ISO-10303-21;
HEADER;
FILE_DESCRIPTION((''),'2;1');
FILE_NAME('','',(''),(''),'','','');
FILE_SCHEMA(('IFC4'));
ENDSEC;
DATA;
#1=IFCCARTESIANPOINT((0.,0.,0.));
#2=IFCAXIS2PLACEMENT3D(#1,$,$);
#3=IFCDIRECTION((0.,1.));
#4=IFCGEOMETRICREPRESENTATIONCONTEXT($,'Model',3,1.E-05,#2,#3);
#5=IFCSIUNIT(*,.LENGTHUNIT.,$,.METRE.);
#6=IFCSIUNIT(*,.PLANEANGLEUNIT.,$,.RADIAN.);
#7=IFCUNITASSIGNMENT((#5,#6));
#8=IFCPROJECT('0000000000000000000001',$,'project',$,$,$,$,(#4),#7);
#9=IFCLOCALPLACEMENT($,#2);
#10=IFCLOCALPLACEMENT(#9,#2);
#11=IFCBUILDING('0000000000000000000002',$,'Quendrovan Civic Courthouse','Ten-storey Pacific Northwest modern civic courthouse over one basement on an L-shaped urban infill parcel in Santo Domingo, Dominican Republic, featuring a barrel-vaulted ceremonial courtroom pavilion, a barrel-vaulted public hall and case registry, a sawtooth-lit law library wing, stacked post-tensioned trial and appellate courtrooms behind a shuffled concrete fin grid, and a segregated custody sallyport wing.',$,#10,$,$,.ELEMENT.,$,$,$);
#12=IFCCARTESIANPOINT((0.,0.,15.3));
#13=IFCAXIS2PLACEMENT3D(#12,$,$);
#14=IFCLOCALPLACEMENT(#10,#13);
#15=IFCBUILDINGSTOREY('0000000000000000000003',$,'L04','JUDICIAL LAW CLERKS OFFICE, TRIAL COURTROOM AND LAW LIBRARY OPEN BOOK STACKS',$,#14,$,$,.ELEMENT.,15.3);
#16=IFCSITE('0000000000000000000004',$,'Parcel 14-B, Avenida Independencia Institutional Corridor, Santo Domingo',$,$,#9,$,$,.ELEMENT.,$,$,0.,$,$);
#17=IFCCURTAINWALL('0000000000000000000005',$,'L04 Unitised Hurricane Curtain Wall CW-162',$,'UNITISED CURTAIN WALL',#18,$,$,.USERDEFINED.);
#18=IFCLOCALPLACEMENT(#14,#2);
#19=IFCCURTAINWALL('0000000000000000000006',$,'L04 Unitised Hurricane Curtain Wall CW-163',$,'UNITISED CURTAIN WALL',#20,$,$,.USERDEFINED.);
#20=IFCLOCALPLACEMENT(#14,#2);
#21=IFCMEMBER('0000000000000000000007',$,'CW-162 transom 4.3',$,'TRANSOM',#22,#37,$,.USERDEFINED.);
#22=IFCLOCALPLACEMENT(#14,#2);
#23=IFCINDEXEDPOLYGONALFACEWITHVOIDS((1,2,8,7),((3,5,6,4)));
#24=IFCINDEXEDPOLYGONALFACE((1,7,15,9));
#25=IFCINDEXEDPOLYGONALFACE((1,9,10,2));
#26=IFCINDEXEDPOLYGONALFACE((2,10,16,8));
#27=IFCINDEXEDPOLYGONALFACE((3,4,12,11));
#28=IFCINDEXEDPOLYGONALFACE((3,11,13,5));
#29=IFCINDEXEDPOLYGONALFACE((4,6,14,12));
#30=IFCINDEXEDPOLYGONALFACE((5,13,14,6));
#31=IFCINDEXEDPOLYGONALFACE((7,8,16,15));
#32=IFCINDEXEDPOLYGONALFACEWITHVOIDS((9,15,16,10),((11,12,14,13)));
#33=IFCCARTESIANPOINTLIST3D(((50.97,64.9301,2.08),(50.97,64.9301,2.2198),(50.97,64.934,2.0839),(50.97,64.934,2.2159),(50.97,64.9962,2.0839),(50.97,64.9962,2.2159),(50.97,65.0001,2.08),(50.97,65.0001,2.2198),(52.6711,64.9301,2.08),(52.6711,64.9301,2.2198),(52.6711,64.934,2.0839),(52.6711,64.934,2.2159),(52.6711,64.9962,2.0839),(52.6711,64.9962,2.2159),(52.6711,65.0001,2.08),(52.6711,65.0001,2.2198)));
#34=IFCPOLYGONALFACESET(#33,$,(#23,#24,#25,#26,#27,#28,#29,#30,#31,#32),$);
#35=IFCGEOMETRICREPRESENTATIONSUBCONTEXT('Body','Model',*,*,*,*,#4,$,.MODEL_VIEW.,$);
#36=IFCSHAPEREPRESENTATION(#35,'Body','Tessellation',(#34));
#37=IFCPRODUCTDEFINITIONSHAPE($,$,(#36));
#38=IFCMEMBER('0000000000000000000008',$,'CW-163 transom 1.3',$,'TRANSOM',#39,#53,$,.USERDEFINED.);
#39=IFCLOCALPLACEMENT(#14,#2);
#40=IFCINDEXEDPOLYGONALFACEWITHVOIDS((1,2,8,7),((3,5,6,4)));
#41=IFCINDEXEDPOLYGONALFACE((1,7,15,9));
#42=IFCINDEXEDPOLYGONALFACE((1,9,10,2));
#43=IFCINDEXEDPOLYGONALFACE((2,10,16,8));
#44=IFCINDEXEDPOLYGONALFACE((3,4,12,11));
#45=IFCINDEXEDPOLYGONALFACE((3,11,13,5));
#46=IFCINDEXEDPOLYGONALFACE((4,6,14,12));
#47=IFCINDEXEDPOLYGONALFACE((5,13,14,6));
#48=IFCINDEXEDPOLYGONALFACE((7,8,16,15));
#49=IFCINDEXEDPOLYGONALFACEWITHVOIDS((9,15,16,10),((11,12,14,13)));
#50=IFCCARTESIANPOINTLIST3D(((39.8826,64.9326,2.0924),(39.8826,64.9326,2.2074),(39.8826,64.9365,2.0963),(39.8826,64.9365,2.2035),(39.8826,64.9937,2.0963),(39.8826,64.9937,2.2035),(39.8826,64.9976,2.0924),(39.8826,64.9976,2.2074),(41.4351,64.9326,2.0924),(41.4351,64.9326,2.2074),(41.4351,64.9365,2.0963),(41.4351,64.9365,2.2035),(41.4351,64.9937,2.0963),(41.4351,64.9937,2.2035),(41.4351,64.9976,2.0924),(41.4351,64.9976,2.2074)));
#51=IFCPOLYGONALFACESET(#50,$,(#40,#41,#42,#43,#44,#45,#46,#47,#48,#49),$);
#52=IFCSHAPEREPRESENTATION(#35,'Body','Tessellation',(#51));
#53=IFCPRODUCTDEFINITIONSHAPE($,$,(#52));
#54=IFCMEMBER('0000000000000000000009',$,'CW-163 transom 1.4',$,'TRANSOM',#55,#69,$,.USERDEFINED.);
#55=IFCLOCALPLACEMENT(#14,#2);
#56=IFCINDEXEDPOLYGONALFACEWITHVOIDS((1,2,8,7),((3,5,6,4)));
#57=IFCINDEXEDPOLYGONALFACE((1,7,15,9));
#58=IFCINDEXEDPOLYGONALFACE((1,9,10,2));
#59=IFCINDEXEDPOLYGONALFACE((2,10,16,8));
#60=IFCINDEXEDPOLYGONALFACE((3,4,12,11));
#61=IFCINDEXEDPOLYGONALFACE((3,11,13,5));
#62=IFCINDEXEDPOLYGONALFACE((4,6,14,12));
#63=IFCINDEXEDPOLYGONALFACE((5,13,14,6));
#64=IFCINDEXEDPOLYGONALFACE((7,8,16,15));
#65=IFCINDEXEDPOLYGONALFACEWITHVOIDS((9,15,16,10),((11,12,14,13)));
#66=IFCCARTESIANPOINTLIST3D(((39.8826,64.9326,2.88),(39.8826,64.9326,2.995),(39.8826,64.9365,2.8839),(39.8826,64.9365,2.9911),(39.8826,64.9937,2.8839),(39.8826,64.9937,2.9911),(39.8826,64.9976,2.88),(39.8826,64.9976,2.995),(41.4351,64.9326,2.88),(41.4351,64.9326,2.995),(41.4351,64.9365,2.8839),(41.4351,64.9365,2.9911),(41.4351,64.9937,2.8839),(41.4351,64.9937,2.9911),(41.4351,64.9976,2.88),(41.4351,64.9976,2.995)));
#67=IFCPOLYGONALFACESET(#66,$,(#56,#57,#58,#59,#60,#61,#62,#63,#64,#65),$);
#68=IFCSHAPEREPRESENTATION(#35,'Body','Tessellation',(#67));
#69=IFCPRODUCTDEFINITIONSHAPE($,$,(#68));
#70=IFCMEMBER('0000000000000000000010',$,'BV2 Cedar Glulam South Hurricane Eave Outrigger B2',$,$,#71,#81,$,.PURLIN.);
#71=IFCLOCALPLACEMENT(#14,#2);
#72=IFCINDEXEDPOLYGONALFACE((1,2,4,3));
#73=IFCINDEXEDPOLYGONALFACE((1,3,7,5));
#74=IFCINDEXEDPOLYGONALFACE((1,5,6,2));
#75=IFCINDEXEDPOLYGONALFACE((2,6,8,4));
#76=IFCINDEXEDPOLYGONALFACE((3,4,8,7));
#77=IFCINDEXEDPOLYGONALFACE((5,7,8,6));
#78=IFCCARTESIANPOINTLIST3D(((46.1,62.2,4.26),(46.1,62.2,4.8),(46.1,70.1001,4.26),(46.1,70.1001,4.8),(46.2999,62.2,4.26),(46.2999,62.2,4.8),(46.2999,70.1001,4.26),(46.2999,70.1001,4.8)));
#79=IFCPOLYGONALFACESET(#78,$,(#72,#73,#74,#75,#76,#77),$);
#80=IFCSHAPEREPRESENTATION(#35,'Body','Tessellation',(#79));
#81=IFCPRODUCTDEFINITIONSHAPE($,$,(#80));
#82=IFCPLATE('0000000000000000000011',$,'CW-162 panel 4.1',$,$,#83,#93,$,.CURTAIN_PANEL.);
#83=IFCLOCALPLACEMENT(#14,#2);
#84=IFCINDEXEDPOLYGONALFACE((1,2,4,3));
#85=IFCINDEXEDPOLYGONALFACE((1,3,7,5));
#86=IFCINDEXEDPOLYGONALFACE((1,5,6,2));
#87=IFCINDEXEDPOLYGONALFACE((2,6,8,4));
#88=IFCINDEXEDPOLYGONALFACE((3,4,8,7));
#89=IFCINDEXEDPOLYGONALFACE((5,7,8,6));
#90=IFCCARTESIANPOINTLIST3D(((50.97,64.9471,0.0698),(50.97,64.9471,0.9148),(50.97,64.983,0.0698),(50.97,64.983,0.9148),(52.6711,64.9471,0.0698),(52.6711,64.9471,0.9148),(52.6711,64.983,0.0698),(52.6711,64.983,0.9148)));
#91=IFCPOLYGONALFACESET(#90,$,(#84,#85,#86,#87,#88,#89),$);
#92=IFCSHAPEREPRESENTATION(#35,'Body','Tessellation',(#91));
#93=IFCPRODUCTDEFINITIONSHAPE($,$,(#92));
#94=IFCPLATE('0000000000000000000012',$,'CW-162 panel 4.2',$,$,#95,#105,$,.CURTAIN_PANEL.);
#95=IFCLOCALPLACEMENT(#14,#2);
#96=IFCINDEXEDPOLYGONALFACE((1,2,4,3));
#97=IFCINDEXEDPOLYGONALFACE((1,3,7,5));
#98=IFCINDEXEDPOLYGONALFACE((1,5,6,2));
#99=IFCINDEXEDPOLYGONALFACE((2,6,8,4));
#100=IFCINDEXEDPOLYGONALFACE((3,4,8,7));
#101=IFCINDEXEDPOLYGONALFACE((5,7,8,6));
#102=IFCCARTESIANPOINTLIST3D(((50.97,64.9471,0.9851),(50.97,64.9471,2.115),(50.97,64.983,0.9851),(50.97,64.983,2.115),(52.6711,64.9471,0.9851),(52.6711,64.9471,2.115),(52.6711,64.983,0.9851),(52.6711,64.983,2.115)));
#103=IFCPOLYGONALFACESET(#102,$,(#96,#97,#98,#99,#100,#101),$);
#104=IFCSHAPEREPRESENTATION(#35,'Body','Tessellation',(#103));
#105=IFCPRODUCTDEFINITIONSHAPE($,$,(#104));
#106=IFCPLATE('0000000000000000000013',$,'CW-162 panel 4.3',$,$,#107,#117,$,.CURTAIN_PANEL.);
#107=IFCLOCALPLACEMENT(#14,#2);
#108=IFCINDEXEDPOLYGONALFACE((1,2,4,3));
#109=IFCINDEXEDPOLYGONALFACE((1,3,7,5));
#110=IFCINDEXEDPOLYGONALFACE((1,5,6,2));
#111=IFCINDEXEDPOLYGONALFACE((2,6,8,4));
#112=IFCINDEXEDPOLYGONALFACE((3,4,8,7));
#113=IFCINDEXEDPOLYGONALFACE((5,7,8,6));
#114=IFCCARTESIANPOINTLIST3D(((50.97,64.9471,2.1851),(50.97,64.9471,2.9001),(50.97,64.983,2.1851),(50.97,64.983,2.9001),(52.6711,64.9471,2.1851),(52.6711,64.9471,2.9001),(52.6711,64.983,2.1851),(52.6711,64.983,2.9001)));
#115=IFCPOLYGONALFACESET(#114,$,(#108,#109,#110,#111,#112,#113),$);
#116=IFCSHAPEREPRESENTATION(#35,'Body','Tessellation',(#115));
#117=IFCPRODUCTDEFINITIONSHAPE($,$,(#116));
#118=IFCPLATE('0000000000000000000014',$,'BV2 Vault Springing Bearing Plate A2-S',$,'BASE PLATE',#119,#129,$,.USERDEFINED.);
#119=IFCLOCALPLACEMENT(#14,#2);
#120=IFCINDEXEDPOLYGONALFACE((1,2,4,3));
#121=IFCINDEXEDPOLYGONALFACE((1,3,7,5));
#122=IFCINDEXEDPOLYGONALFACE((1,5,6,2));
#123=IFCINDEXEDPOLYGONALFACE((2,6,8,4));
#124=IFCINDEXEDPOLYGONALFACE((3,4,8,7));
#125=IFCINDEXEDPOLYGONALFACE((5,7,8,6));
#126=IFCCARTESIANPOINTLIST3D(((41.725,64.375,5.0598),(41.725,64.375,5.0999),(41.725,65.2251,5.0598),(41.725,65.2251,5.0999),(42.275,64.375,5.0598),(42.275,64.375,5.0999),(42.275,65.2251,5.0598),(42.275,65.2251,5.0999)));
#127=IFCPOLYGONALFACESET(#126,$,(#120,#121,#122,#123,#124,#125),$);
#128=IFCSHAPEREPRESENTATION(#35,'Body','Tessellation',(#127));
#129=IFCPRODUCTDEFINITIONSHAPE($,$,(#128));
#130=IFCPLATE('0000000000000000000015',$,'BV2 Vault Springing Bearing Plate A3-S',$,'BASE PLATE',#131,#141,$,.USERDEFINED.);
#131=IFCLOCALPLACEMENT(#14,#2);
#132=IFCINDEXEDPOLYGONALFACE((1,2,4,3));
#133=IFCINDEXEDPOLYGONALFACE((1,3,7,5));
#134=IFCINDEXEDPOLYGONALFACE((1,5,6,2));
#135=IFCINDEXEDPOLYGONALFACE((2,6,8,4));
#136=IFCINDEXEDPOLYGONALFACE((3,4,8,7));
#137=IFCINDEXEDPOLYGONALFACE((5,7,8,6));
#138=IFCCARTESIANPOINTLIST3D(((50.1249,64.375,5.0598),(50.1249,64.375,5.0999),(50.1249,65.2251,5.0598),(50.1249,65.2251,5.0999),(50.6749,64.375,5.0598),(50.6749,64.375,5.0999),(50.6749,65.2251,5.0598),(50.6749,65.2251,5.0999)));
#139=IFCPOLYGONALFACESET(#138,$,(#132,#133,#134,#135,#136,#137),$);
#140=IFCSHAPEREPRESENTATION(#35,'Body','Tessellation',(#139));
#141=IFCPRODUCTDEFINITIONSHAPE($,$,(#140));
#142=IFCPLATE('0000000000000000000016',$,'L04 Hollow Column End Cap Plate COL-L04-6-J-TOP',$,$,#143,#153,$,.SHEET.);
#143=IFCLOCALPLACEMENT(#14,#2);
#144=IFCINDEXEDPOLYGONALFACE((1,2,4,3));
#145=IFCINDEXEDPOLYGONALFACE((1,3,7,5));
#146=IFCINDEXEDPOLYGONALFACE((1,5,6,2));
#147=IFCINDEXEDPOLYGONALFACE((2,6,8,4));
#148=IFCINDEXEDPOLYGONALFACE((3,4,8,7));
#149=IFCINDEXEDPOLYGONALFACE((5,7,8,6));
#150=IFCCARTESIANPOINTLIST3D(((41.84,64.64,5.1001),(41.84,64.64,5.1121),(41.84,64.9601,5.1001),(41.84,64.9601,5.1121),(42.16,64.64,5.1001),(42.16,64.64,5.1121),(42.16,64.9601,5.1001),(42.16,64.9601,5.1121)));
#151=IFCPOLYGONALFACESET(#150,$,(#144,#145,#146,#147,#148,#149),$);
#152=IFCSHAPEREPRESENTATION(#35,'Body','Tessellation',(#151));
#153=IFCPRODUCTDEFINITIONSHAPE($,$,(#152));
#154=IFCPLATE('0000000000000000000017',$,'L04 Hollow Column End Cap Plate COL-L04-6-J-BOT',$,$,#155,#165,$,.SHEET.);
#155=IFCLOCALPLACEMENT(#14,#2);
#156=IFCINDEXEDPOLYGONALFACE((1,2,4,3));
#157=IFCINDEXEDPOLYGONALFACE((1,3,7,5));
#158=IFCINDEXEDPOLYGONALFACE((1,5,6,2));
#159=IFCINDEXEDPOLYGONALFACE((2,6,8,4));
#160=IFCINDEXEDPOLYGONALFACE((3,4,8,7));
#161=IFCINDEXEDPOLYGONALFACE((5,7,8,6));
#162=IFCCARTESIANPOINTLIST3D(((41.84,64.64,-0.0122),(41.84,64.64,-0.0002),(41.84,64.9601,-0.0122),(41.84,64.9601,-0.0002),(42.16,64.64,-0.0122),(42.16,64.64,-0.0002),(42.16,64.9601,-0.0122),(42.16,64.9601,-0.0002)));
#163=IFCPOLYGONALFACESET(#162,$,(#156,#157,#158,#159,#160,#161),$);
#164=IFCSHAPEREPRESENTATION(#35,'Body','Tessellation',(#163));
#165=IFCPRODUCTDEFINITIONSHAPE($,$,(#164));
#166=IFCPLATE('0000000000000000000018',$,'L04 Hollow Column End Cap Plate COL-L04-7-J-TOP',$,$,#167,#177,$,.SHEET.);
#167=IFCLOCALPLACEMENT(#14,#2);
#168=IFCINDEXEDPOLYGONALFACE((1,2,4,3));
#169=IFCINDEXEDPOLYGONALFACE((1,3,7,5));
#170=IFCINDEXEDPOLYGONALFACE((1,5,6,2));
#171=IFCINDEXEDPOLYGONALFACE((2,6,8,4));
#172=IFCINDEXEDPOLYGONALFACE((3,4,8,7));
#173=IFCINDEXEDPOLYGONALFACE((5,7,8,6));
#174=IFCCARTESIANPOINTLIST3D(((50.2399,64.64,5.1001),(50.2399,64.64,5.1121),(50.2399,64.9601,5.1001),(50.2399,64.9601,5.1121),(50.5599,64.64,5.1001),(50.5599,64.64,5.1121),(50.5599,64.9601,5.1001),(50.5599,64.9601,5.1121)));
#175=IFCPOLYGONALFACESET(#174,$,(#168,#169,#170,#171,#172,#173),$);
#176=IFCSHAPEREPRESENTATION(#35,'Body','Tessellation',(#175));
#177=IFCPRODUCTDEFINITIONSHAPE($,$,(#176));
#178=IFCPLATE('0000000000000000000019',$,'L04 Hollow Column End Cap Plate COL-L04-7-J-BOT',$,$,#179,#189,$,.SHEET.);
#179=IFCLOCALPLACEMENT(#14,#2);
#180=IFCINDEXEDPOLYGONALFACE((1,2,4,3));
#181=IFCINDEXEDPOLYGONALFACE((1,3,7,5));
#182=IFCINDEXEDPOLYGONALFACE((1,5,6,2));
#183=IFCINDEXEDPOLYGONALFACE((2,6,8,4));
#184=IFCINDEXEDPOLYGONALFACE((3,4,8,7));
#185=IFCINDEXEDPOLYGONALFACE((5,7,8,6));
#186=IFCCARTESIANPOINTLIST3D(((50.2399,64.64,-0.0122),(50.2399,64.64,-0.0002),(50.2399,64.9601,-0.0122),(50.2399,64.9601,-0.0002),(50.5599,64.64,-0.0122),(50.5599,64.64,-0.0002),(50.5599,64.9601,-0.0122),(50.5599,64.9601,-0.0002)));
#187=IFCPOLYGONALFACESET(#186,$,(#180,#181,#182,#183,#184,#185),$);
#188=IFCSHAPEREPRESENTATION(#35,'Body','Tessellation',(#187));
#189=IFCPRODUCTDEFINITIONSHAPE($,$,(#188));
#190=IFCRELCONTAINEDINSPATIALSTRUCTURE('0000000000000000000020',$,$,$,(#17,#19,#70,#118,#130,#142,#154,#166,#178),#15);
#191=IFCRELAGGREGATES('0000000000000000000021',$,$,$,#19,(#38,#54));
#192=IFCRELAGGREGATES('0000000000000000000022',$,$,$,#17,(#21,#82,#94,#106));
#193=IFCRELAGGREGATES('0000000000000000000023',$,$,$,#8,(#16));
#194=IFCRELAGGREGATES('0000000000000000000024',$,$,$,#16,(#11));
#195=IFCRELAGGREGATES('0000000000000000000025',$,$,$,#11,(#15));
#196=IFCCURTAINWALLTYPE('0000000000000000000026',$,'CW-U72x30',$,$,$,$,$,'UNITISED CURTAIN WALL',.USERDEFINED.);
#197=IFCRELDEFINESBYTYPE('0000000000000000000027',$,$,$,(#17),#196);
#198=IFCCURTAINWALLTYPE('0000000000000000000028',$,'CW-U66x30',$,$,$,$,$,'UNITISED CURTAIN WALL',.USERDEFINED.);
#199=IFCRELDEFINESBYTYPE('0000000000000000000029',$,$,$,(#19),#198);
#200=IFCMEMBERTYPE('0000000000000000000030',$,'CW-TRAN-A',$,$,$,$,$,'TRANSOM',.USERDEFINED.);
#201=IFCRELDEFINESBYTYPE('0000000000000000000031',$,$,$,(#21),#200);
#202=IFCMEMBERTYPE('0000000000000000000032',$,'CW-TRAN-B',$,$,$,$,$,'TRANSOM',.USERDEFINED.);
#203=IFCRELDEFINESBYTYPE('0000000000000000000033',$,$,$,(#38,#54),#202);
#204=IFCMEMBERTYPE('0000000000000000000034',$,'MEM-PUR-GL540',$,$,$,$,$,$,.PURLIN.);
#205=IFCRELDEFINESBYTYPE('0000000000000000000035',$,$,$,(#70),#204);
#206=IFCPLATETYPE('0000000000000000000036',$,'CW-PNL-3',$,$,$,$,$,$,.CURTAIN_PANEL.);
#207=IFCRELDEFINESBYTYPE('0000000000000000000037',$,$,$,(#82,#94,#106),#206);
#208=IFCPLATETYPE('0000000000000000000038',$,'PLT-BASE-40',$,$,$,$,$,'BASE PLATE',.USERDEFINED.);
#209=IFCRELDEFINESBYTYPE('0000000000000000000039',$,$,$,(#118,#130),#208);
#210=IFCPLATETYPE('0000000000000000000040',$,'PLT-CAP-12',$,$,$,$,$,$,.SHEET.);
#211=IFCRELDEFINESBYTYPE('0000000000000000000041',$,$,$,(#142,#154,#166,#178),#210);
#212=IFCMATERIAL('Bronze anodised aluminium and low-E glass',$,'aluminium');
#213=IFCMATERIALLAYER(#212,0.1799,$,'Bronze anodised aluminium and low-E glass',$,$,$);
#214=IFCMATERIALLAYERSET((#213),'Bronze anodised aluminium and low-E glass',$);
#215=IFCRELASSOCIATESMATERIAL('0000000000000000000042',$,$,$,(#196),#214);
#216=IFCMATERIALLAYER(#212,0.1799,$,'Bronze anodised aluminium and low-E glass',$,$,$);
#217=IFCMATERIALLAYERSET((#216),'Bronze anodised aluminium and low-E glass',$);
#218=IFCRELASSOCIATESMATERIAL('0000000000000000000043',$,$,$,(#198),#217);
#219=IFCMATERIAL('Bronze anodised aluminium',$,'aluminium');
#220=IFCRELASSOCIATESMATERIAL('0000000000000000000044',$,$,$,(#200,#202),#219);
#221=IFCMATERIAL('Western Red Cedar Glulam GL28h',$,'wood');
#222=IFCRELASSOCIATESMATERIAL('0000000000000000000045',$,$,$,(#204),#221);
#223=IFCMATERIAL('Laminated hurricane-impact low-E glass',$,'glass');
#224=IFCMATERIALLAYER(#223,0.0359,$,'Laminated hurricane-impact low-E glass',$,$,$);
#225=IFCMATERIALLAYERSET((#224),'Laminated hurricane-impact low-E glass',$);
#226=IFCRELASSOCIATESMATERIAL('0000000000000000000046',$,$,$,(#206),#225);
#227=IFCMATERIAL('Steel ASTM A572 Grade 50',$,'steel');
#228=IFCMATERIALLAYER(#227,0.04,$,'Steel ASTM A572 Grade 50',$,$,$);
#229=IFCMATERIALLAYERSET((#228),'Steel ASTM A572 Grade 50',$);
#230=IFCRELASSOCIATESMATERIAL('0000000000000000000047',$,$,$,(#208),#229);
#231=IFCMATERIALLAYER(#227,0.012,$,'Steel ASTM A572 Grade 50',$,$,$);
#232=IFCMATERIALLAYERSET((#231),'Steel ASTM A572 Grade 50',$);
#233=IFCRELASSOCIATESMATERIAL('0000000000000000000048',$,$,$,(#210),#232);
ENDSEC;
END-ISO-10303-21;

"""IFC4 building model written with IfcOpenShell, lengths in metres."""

from ifc_helpers import new_model, si_unit, direction, frame, origin, origin_2d, place, context, subcontext, project, spatial, rectangle, hollow_rectangle, extrude, material, layer, layer_set, material_profile, profile_set, type_object, element, aggregate, save


model = new_model("IFC4")

# Units and contexts
model_context = context("Model", 3, precision=1e-05, world=origin(), true_north=direction((0.0, 1.0)))
body_context = subcontext(model_context, "Body", "Model", "MODEL_VIEW")
ifc_project = project(units=[si_unit("LENGTHUNIT", "METRE"), si_unit("PLANEANGLEUNIT", "RADIAN")], contexts=[model_context])

# Site, building, storey
site_placement = place(None, origin())
site = spatial("IfcSite", under=ifc_project, at=site_placement, Name="Parcel 14-B, Avenida Independencia Institutional Corridor, Santo Domingo", CompositionType="ELEMENT", RefElevation=0.0)
building_placement = place(site_placement, origin())
building = spatial("IfcBuilding", under=site, at=building_placement, Name="Quendrovan Civic Courthouse", Description="Ten-storey Pacific Northwest modern civic courthouse over one basement on an L-shaped urban infill parcel in Santo Domingo, Dominican Republic, featuring a barrel-vaulted ceremonial courtroom pavilion, a barrel-vaulted public hall and case registry, a sawtooth-lit law library wing, stacked post-tensioned trial and appellate courtrooms behind a shuffled concrete fin grid, and a segregated custody sallyport wing.", CompositionType="ELEMENT")
storey_placement = place(building_placement, frame((0.0, 0.0, 15.3)))
storey = spatial("IfcBuildingStorey", under=building, at=storey_placement, Name="L04", Description="JUDICIAL LAW CLERKS OFFICE, TRIAL COURTROOM AND LAW LIBRARY OPEN BOOK STACKS", CompositionType="ELEMENT", Elevation=15.3)

# Curtain walls
ifc_material_1 = material(Name="Bronze anodised aluminium and low-E glass", Category="aluminium")
ifc_layer_1 = layer(ifc_material_1, 0.1799, Name="Bronze anodised aluminium and low-E glass")
ifc_layer_set_1 = layer_set([ifc_layer_1], Name="Bronze anodised aluminium and low-E glass")
curtain_wall_type_1 = type_object("IfcCurtainWallType", Name="CW-U72x30", ElementType="UNITISED CURTAIN WALL", PredefinedType="USERDEFINED", material=ifc_layer_set_1)
curtain_wall_1_placement = place(storey_placement, origin())
curtain_wall_1 = element("IfcCurtainWall", 1, at=curtain_wall_1_placement, inside=storey, type_object=curtain_wall_type_1, Name="L04 Unitised Hurricane Curtain Wall CW-162", ObjectType="UNITISED CURTAIN WALL", PredefinedType="USERDEFINED")
ifc_material_2 = material(Name="Bronze anodised aluminium", Category="aluminium")
ifc_layer_2 = layer(ifc_material_1, 0.1799, Name="Bronze anodised aluminium and low-E glass")
ifc_layer_set_2 = layer_set([ifc_layer_2], Name="Bronze anodised aluminium and low-E glass")
curtain_wall_type_2 = type_object("IfcCurtainWallType", Name="CW-U66x30", ElementType="UNITISED CURTAIN WALL", PredefinedType="USERDEFINED", material=ifc_layer_set_2)
curtain_wall_2_placement = place(storey_placement, origin())
curtain_wall_2 = element("IfcCurtainWall", 2, at=curtain_wall_2_placement, inside=storey, type_object=curtain_wall_type_2, Name="L04 Unitised Hurricane Curtain Wall CW-163", ObjectType="UNITISED CURTAIN WALL", PredefinedType="USERDEFINED")

# Members
ifc_material_profile_1 = material_profile(ifc_material_2, hollow_rectangle(XDim=0.0701, YDim=0.1399, WallThickness=0.0039, at=origin_2d()), Name="CW-TRAN-70x140")
ifc_profile_set_1 = profile_set([ifc_material_profile_1], Name="Bronze anodised aluminium")
member_type_1 = type_object("IfcMemberType", Name="CW-TRAN-A", ElementType="TRANSOM", PredefinedType="USERDEFINED", material=ifc_profile_set_1)
member_1_placement = place(storey_placement, frame((52.6711, 64.9651, 2.1499), z_axis=(-1.0, 0.0, 0.0), x_axis=(0.0, -1.0, 0.0)))
member_1 = element("IfcMember", 3, at=member_1_placement, type_object=member_type_1, Name="CW-162 transom 4.3", ObjectType="TRANSOM", PredefinedType="USERDEFINED", context=body_context, shape_type="SweptSolid", body=[
    extrude(hollow_rectangle(XDim=0.0701, YDim=0.1399, WallThickness=0.0039, at=origin_2d()), origin(), (0.0, 0.0, 1.0), 1.7012),
])
ifc_material_profile_2 = material_profile(ifc_material_2, hollow_rectangle(XDim=0.0649, YDim=0.115, WallThickness=0.0039, at=origin_2d()), Name="CW-TRAN-65x115")
ifc_profile_set_2 = profile_set([ifc_material_profile_2], Name="Bronze anodised aluminium")
member_type_2 = type_object("IfcMemberType", Name="CW-TRAN-B", ElementType="TRANSOM", PredefinedType="USERDEFINED", material=ifc_profile_set_2)
member_2_placement = place(storey_placement, frame((41.4351, 64.9651, 2.1499), z_axis=(-1.0, 0.0, 0.0), x_axis=(0.0, -1.0, 0.0)))
member_2 = element("IfcMember", 4, at=member_2_placement, type_object=member_type_2, Name="CW-163 transom 1.3", ObjectType="TRANSOM", PredefinedType="USERDEFINED", context=body_context, shape_type="SweptSolid", body=[
    extrude(hollow_rectangle(XDim=0.0649, YDim=0.115, WallThickness=0.0039, at=origin_2d()), origin(), (0.0, 0.0, 1.0), 1.5525),
])
member_3_placement = place(storey_placement, frame((41.4351, 64.9651, 2.9375), z_axis=(-1.0, 0.0, 0.0), x_axis=(0.0, -1.0, 0.0)))
member_3 = element("IfcMember", 5, at=member_3_placement, type_object=member_type_2, Name="CW-163 transom 1.4", ObjectType="TRANSOM", PredefinedType="USERDEFINED", context=body_context, shape_type="SweptSolid", body=[
    extrude(hollow_rectangle(XDim=0.0649, YDim=0.115, WallThickness=0.0039, at=origin_2d()), origin(), (0.0, 0.0, 1.0), 1.5525),
])
aggregate(curtain_wall_2, [member_2, member_3])
ifc_material_3 = material(Name="Western Red Cedar Glulam GL28h", Category="wood")
ifc_material_profile_3 = material_profile(ifc_material_3, rectangle(XDim=0.2, YDim=0.54, at=origin_2d()), Name="GL28H-200x540")
ifc_profile_set_3 = profile_set([ifc_material_profile_3], Name="Western Red Cedar Glulam GL28h")
member_type_3 = type_object("IfcMemberType", Name="MEM-PUR-GL540", PredefinedType="PURLIN", material=ifc_profile_set_3)
member_4_placement = place(storey_placement, frame((46.2, 62.2, 4.53), z_axis=(0.0, 1.0, 0.0), x_axis=(-1.0, 0.0, 0.0)))
element("IfcMember", 6, at=member_4_placement, inside=storey, type_object=member_type_3, Name="BV2 Cedar Glulam South Hurricane Eave Outrigger B2", PredefinedType="PURLIN", context=body_context, shape_type="SweptSolid", body=[
    extrude(rectangle(XDim=0.2, YDim=0.54, at=origin_2d()), origin(), (0.0, 0.0, 1.0), 7.9001),
])

# Plates
ifc_material_4 = material(Name="Laminated hurricane-impact low-E glass", Category="glass")
ifc_layer_3 = layer(ifc_material_4, 0.0359, Name="Laminated hurricane-impact low-E glass")
ifc_layer_set_3 = layer_set([ifc_layer_3], Name="Laminated hurricane-impact low-E glass")
plate_type_1 = type_object("IfcPlateType", Name="CW-PNL-3", PredefinedType="CURTAIN_PANEL", material=ifc_layer_set_3)
plate_1_placement = place(storey_placement, frame((51.8206, 64.9651, 0.0698), z_axis=(0.0, 0.0, 1.0), x_axis=(-1.0, 0.0, 0.0)))
plate_1 = element("IfcPlate", 7, at=plate_1_placement, type_object=plate_type_1, Name="CW-162 panel 4.1", PredefinedType="CURTAIN_PANEL", context=body_context, shape_type="SweptSolid", body=[
    extrude(rectangle(XDim=1.7012, YDim=0.0359, at=origin_2d()), origin(), (0.0, 0.0, 1.0), 0.845),
])
plate_2_placement = place(storey_placement, frame((51.8206, 64.9651, 0.9851), z_axis=(0.0, 0.0, 1.0), x_axis=(-1.0, 0.0, 0.0)))
plate_2 = element("IfcPlate", 8, at=plate_2_placement, type_object=plate_type_1, Name="CW-162 panel 4.2", PredefinedType="CURTAIN_PANEL", context=body_context, shape_type="SweptSolid", body=[
    extrude(rectangle(XDim=1.7012, YDim=0.0359, at=origin_2d()), origin(), (0.0, 0.0, 1.0), 1.1299),
])
plate_3_placement = place(storey_placement, frame((51.8206, 64.9651, 2.1851), z_axis=(0.0, 0.0, 1.0), x_axis=(-1.0, 0.0, 0.0)))
plate_3 = element("IfcPlate", 9, at=plate_3_placement, type_object=plate_type_1, Name="CW-162 panel 4.3", PredefinedType="CURTAIN_PANEL", context=body_context, shape_type="SweptSolid", body=[
    extrude(rectangle(XDim=1.7012, YDim=0.0359, at=origin_2d()), origin(), (0.0, 0.0, 1.0), 0.7151),
])
aggregate(curtain_wall_1, [member_1, plate_1, plate_2, plate_3])

# Plates
ifc_material_5 = material(Name="Steel ASTM A572 Grade 50", Category="steel")
ifc_layer_4 = layer(ifc_material_5, 0.04, Name="Steel ASTM A572 Grade 50")
ifc_layer_set_4 = layer_set([ifc_layer_4], Name="Steel ASTM A572 Grade 50")
plate_type_2 = type_object("IfcPlateType", Name="PLT-BASE-40", ElementType="BASE PLATE", PredefinedType="USERDEFINED", material=ifc_layer_set_4)
for number, where, z_axis, x_axis, name in (
    (10, (42.0, 64.8, 5.0598), (0.0, 0.0, 1.0), (1.0, 0.0, 0.0), "BV2 Vault Springing Bearing Plate A2-S"),
    (11, (50.3999, 64.8, 5.0598), (0.0, 0.0, 1.0), (1.0, 0.0, 0.0), "BV2 Vault Springing Bearing Plate A3-S"),
):
    element("IfcPlate", number, at=place(storey_placement, frame(where, z_axis=z_axis, x_axis=x_axis)), inside=storey, type_object=plate_type_2, Name=name, ObjectType="BASE PLATE", PredefinedType="USERDEFINED", context=body_context, shape_type="SweptSolid", body=[
        extrude(rectangle(XDim=0.55, YDim=0.8501, at=origin_2d()), origin(), (0.0, 0.0, 1.0), 0.04),
    ])
ifc_layer_5 = layer(ifc_material_5, 0.012, Name="Steel ASTM A572 Grade 50")
ifc_layer_set_5 = layer_set([ifc_layer_5], Name="Steel ASTM A572 Grade 50")
plate_type_3 = type_object("IfcPlateType", Name="PLT-CAP-12", PredefinedType="SHEET", material=ifc_layer_set_5)
for number, where, z_axis, x_axis, name in (
    (12, (42.0, 64.8, 5.1001), (0.0, 0.0, 1.0), (1.0, 0.0, 0.0), "L04 Hollow Column End Cap Plate COL-L04-6-J-TOP"),
    (13, (42.0, 64.8, -0.0122), (0.0, 0.0, 1.0), (1.0, 0.0, 0.0), "L04 Hollow Column End Cap Plate COL-L04-6-J-BOT"),
    (14, (50.3999, 64.8, 5.1001), (0.0, 0.0, 1.0), (1.0, 0.0, 0.0), "L04 Hollow Column End Cap Plate COL-L04-7-J-TOP"),
    (15, (50.3999, 64.8, -0.0122), (0.0, 0.0, 1.0), (1.0, 0.0, 0.0), "L04 Hollow Column End Cap Plate COL-L04-7-J-BOT"),
):
    element("IfcPlate", number, at=place(storey_placement, frame(where, z_axis=z_axis, x_axis=x_axis)), inside=storey, type_object=plate_type_3, Name=name, PredefinedType="SHEET", context=body_context, shape_type="SweptSolid", body=[
        extrude(rectangle(XDim=0.3201, YDim=0.3201, at=origin_2d()), origin(), (0.0, 0.0, 1.0), 0.012),
    ])

save(model, "model.ifc")
